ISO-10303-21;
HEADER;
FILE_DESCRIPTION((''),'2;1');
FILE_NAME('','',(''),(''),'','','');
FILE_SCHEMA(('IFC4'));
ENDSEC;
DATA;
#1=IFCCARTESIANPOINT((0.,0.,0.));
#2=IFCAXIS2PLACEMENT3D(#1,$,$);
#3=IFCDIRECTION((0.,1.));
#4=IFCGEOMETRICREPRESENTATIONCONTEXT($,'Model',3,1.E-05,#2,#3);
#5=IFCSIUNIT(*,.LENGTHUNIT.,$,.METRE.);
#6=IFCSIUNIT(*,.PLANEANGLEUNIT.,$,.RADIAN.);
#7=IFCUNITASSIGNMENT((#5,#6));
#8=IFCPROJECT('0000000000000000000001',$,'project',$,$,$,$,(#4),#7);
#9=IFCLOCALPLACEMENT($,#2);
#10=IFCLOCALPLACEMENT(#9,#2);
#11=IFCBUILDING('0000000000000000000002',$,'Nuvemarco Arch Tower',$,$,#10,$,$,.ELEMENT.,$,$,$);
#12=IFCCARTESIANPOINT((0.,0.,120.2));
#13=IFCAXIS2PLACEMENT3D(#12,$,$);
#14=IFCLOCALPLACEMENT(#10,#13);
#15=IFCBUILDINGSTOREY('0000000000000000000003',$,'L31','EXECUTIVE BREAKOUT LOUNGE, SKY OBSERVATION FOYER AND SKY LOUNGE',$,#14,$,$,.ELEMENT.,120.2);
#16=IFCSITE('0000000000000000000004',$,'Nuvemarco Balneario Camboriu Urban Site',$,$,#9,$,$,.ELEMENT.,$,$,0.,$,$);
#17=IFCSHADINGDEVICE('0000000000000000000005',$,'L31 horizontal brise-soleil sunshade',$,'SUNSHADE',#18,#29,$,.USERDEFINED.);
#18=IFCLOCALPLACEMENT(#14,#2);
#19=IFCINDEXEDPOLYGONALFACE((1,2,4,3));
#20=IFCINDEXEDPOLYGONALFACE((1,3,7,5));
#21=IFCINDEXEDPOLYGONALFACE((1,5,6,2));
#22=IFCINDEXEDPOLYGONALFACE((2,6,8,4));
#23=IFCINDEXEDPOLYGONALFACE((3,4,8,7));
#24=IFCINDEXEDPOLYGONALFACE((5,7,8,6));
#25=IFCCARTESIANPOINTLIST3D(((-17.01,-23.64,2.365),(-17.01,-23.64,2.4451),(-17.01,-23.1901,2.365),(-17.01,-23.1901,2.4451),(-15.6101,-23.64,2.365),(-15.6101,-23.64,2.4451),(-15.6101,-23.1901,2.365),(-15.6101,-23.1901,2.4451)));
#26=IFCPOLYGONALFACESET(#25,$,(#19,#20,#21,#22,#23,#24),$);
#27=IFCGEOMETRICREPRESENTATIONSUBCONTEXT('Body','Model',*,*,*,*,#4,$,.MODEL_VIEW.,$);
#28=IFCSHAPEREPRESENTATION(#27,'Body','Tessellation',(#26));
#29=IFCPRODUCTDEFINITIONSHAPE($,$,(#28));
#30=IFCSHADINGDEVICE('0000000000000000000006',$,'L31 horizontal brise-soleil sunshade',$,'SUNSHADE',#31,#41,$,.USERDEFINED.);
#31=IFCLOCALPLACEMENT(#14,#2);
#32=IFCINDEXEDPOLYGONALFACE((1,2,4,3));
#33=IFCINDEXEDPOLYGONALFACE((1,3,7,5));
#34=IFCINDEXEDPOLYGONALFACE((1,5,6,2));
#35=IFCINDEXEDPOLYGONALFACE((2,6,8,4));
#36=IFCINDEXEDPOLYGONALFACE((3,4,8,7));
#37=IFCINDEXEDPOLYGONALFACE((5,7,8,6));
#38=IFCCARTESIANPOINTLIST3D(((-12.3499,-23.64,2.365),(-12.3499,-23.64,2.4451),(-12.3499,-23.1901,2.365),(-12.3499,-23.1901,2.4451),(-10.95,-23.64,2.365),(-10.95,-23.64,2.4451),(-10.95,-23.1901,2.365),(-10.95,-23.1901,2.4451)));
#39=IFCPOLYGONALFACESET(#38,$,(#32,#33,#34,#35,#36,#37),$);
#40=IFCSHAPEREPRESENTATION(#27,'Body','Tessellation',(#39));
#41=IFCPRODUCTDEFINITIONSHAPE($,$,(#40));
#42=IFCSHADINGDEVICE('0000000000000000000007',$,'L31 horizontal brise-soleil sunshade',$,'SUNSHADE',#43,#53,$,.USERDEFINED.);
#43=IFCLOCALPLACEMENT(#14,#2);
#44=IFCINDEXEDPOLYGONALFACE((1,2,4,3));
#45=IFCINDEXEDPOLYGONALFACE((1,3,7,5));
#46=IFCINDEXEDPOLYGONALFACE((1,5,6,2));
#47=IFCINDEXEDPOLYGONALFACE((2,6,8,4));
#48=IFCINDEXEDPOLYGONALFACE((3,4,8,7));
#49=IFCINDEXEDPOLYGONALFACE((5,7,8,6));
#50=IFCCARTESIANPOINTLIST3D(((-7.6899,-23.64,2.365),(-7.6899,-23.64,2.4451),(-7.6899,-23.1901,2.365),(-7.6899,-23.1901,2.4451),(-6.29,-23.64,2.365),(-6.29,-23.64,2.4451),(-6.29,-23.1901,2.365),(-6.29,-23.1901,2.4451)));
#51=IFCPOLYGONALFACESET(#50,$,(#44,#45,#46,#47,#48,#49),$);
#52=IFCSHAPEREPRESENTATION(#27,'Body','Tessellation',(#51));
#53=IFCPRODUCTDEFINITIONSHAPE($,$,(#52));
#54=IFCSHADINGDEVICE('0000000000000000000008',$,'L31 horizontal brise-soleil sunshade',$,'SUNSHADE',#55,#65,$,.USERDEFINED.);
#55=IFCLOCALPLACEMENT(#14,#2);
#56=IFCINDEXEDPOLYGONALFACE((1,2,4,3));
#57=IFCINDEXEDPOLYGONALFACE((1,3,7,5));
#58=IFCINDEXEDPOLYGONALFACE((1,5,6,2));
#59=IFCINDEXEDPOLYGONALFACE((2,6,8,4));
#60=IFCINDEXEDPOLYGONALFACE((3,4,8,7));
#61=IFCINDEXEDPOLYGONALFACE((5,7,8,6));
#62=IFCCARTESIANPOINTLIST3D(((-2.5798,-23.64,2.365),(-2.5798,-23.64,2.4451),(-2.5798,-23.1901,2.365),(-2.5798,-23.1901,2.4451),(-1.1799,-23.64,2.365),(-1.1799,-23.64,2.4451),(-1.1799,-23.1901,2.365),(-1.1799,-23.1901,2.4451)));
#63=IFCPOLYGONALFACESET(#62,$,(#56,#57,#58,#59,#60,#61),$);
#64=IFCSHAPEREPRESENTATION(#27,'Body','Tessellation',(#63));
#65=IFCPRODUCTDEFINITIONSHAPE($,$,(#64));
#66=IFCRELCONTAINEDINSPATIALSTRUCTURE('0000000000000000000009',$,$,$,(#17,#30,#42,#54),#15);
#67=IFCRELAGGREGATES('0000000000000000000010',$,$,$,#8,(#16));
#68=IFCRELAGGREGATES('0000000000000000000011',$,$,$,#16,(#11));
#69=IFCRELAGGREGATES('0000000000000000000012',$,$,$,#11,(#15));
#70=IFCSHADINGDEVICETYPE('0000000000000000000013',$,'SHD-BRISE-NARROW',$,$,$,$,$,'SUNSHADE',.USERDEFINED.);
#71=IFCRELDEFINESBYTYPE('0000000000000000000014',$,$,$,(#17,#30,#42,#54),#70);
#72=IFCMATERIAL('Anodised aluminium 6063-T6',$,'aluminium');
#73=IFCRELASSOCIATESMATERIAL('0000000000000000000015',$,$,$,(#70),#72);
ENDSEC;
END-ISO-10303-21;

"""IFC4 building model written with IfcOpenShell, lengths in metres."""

from ifc_helpers import new_model, si_unit, direction, frame, origin, origin_2d, place, context, subcontext, project, spatial, rectangle, extrude, source, transform, mapped, material, type_object, type_shapes, element, save


model = new_model("IFC4")

# Units and contexts
model_context = context("Model", 3, precision=1e-05, world=origin(), true_north=direction((0.0, 1.0)))
body_context = subcontext(model_context, "Body", "Model", "MODEL_VIEW")
ifc_project = project(units=[si_unit("LENGTHUNIT", "METRE"), si_unit("PLANEANGLEUNIT", "RADIAN")], contexts=[model_context])

# Site, building, storey
site_placement = place(None, origin())
site = spatial("IfcSite", under=ifc_project, at=site_placement, Name="Nuvemarco Balneario Camboriu Urban Site", CompositionType="ELEMENT", RefElevation=0.0)
building_placement = place(site_placement, origin())
building = spatial("IfcBuilding", under=site, at=building_placement, Name="Nuvemarco Arch Tower", CompositionType="ELEMENT")
storey_placement = place(building_placement, frame((0.0, 0.0, 120.2)))
storey = spatial("IfcBuildingStorey", under=building, at=storey_placement, Name="L31", Description="EXECUTIVE BREAKOUT LOUNGE, SKY OBSERVATION FOYER AND SKY LOUNGE", CompositionType="ELEMENT", Elevation=120.2)

# Shading devices
ifc_material_1 = material(Name="Anodised aluminium 6063-T6", Category="aluminium")
shading_device_type = type_object("IfcShadingDeviceType", Name="SHD-BRISE-NARROW", ElementType="SUNSHADE", PredefinedType="USERDEFINED", material=ifc_material_1)
shared_shape_1 = source(origin(), body_context, "Body", "SweptSolid", [
    extrude(rectangle(XDim=1.3999, YDim=0.45, at=origin_2d()), origin(), (0.0, 0.0, 1.0), 0.0801),
])
type_shapes(shading_device_type, [shared_shape_1])
for number, where, z_axis, x_axis, name in (
    (1, (-16.3101, -23.415, 2.365), (0.0, 0.0, 1.0), (1.0, 0.0, 0.0), "L31 horizontal brise-soleil sunshade"),
    (2, (-11.6499, -23.415, 2.365), (0.0, 0.0, 1.0), (1.0, 0.0, 0.0), "L31 horizontal brise-soleil sunshade"),
    (3, (-6.99, -23.415, 2.365), (0.0, 0.0, 1.0), (1.0, 0.0, 0.0), "L31 horizontal brise-soleil sunshade"),
    (4, (-1.8799, -23.415, 2.365), (0.0, 0.0, 1.0), (1.0, 0.0, 0.0), "L31 horizontal brise-soleil sunshade"),
):
    element("IfcShadingDevice", number, at=place(storey_placement, frame(where, z_axis=z_axis, x_axis=x_axis)), inside=storey, type_object=shading_device_type, Name=name, ObjectType="SUNSHADE", PredefinedType="USERDEFINED", context=body_context, shape_type="MappedRepresentation", body=[
        mapped(shared_shape_1, transform((0.0, 0.0, 0.0), scale=1.0)),
    ])

save(model, "model.ifc")
